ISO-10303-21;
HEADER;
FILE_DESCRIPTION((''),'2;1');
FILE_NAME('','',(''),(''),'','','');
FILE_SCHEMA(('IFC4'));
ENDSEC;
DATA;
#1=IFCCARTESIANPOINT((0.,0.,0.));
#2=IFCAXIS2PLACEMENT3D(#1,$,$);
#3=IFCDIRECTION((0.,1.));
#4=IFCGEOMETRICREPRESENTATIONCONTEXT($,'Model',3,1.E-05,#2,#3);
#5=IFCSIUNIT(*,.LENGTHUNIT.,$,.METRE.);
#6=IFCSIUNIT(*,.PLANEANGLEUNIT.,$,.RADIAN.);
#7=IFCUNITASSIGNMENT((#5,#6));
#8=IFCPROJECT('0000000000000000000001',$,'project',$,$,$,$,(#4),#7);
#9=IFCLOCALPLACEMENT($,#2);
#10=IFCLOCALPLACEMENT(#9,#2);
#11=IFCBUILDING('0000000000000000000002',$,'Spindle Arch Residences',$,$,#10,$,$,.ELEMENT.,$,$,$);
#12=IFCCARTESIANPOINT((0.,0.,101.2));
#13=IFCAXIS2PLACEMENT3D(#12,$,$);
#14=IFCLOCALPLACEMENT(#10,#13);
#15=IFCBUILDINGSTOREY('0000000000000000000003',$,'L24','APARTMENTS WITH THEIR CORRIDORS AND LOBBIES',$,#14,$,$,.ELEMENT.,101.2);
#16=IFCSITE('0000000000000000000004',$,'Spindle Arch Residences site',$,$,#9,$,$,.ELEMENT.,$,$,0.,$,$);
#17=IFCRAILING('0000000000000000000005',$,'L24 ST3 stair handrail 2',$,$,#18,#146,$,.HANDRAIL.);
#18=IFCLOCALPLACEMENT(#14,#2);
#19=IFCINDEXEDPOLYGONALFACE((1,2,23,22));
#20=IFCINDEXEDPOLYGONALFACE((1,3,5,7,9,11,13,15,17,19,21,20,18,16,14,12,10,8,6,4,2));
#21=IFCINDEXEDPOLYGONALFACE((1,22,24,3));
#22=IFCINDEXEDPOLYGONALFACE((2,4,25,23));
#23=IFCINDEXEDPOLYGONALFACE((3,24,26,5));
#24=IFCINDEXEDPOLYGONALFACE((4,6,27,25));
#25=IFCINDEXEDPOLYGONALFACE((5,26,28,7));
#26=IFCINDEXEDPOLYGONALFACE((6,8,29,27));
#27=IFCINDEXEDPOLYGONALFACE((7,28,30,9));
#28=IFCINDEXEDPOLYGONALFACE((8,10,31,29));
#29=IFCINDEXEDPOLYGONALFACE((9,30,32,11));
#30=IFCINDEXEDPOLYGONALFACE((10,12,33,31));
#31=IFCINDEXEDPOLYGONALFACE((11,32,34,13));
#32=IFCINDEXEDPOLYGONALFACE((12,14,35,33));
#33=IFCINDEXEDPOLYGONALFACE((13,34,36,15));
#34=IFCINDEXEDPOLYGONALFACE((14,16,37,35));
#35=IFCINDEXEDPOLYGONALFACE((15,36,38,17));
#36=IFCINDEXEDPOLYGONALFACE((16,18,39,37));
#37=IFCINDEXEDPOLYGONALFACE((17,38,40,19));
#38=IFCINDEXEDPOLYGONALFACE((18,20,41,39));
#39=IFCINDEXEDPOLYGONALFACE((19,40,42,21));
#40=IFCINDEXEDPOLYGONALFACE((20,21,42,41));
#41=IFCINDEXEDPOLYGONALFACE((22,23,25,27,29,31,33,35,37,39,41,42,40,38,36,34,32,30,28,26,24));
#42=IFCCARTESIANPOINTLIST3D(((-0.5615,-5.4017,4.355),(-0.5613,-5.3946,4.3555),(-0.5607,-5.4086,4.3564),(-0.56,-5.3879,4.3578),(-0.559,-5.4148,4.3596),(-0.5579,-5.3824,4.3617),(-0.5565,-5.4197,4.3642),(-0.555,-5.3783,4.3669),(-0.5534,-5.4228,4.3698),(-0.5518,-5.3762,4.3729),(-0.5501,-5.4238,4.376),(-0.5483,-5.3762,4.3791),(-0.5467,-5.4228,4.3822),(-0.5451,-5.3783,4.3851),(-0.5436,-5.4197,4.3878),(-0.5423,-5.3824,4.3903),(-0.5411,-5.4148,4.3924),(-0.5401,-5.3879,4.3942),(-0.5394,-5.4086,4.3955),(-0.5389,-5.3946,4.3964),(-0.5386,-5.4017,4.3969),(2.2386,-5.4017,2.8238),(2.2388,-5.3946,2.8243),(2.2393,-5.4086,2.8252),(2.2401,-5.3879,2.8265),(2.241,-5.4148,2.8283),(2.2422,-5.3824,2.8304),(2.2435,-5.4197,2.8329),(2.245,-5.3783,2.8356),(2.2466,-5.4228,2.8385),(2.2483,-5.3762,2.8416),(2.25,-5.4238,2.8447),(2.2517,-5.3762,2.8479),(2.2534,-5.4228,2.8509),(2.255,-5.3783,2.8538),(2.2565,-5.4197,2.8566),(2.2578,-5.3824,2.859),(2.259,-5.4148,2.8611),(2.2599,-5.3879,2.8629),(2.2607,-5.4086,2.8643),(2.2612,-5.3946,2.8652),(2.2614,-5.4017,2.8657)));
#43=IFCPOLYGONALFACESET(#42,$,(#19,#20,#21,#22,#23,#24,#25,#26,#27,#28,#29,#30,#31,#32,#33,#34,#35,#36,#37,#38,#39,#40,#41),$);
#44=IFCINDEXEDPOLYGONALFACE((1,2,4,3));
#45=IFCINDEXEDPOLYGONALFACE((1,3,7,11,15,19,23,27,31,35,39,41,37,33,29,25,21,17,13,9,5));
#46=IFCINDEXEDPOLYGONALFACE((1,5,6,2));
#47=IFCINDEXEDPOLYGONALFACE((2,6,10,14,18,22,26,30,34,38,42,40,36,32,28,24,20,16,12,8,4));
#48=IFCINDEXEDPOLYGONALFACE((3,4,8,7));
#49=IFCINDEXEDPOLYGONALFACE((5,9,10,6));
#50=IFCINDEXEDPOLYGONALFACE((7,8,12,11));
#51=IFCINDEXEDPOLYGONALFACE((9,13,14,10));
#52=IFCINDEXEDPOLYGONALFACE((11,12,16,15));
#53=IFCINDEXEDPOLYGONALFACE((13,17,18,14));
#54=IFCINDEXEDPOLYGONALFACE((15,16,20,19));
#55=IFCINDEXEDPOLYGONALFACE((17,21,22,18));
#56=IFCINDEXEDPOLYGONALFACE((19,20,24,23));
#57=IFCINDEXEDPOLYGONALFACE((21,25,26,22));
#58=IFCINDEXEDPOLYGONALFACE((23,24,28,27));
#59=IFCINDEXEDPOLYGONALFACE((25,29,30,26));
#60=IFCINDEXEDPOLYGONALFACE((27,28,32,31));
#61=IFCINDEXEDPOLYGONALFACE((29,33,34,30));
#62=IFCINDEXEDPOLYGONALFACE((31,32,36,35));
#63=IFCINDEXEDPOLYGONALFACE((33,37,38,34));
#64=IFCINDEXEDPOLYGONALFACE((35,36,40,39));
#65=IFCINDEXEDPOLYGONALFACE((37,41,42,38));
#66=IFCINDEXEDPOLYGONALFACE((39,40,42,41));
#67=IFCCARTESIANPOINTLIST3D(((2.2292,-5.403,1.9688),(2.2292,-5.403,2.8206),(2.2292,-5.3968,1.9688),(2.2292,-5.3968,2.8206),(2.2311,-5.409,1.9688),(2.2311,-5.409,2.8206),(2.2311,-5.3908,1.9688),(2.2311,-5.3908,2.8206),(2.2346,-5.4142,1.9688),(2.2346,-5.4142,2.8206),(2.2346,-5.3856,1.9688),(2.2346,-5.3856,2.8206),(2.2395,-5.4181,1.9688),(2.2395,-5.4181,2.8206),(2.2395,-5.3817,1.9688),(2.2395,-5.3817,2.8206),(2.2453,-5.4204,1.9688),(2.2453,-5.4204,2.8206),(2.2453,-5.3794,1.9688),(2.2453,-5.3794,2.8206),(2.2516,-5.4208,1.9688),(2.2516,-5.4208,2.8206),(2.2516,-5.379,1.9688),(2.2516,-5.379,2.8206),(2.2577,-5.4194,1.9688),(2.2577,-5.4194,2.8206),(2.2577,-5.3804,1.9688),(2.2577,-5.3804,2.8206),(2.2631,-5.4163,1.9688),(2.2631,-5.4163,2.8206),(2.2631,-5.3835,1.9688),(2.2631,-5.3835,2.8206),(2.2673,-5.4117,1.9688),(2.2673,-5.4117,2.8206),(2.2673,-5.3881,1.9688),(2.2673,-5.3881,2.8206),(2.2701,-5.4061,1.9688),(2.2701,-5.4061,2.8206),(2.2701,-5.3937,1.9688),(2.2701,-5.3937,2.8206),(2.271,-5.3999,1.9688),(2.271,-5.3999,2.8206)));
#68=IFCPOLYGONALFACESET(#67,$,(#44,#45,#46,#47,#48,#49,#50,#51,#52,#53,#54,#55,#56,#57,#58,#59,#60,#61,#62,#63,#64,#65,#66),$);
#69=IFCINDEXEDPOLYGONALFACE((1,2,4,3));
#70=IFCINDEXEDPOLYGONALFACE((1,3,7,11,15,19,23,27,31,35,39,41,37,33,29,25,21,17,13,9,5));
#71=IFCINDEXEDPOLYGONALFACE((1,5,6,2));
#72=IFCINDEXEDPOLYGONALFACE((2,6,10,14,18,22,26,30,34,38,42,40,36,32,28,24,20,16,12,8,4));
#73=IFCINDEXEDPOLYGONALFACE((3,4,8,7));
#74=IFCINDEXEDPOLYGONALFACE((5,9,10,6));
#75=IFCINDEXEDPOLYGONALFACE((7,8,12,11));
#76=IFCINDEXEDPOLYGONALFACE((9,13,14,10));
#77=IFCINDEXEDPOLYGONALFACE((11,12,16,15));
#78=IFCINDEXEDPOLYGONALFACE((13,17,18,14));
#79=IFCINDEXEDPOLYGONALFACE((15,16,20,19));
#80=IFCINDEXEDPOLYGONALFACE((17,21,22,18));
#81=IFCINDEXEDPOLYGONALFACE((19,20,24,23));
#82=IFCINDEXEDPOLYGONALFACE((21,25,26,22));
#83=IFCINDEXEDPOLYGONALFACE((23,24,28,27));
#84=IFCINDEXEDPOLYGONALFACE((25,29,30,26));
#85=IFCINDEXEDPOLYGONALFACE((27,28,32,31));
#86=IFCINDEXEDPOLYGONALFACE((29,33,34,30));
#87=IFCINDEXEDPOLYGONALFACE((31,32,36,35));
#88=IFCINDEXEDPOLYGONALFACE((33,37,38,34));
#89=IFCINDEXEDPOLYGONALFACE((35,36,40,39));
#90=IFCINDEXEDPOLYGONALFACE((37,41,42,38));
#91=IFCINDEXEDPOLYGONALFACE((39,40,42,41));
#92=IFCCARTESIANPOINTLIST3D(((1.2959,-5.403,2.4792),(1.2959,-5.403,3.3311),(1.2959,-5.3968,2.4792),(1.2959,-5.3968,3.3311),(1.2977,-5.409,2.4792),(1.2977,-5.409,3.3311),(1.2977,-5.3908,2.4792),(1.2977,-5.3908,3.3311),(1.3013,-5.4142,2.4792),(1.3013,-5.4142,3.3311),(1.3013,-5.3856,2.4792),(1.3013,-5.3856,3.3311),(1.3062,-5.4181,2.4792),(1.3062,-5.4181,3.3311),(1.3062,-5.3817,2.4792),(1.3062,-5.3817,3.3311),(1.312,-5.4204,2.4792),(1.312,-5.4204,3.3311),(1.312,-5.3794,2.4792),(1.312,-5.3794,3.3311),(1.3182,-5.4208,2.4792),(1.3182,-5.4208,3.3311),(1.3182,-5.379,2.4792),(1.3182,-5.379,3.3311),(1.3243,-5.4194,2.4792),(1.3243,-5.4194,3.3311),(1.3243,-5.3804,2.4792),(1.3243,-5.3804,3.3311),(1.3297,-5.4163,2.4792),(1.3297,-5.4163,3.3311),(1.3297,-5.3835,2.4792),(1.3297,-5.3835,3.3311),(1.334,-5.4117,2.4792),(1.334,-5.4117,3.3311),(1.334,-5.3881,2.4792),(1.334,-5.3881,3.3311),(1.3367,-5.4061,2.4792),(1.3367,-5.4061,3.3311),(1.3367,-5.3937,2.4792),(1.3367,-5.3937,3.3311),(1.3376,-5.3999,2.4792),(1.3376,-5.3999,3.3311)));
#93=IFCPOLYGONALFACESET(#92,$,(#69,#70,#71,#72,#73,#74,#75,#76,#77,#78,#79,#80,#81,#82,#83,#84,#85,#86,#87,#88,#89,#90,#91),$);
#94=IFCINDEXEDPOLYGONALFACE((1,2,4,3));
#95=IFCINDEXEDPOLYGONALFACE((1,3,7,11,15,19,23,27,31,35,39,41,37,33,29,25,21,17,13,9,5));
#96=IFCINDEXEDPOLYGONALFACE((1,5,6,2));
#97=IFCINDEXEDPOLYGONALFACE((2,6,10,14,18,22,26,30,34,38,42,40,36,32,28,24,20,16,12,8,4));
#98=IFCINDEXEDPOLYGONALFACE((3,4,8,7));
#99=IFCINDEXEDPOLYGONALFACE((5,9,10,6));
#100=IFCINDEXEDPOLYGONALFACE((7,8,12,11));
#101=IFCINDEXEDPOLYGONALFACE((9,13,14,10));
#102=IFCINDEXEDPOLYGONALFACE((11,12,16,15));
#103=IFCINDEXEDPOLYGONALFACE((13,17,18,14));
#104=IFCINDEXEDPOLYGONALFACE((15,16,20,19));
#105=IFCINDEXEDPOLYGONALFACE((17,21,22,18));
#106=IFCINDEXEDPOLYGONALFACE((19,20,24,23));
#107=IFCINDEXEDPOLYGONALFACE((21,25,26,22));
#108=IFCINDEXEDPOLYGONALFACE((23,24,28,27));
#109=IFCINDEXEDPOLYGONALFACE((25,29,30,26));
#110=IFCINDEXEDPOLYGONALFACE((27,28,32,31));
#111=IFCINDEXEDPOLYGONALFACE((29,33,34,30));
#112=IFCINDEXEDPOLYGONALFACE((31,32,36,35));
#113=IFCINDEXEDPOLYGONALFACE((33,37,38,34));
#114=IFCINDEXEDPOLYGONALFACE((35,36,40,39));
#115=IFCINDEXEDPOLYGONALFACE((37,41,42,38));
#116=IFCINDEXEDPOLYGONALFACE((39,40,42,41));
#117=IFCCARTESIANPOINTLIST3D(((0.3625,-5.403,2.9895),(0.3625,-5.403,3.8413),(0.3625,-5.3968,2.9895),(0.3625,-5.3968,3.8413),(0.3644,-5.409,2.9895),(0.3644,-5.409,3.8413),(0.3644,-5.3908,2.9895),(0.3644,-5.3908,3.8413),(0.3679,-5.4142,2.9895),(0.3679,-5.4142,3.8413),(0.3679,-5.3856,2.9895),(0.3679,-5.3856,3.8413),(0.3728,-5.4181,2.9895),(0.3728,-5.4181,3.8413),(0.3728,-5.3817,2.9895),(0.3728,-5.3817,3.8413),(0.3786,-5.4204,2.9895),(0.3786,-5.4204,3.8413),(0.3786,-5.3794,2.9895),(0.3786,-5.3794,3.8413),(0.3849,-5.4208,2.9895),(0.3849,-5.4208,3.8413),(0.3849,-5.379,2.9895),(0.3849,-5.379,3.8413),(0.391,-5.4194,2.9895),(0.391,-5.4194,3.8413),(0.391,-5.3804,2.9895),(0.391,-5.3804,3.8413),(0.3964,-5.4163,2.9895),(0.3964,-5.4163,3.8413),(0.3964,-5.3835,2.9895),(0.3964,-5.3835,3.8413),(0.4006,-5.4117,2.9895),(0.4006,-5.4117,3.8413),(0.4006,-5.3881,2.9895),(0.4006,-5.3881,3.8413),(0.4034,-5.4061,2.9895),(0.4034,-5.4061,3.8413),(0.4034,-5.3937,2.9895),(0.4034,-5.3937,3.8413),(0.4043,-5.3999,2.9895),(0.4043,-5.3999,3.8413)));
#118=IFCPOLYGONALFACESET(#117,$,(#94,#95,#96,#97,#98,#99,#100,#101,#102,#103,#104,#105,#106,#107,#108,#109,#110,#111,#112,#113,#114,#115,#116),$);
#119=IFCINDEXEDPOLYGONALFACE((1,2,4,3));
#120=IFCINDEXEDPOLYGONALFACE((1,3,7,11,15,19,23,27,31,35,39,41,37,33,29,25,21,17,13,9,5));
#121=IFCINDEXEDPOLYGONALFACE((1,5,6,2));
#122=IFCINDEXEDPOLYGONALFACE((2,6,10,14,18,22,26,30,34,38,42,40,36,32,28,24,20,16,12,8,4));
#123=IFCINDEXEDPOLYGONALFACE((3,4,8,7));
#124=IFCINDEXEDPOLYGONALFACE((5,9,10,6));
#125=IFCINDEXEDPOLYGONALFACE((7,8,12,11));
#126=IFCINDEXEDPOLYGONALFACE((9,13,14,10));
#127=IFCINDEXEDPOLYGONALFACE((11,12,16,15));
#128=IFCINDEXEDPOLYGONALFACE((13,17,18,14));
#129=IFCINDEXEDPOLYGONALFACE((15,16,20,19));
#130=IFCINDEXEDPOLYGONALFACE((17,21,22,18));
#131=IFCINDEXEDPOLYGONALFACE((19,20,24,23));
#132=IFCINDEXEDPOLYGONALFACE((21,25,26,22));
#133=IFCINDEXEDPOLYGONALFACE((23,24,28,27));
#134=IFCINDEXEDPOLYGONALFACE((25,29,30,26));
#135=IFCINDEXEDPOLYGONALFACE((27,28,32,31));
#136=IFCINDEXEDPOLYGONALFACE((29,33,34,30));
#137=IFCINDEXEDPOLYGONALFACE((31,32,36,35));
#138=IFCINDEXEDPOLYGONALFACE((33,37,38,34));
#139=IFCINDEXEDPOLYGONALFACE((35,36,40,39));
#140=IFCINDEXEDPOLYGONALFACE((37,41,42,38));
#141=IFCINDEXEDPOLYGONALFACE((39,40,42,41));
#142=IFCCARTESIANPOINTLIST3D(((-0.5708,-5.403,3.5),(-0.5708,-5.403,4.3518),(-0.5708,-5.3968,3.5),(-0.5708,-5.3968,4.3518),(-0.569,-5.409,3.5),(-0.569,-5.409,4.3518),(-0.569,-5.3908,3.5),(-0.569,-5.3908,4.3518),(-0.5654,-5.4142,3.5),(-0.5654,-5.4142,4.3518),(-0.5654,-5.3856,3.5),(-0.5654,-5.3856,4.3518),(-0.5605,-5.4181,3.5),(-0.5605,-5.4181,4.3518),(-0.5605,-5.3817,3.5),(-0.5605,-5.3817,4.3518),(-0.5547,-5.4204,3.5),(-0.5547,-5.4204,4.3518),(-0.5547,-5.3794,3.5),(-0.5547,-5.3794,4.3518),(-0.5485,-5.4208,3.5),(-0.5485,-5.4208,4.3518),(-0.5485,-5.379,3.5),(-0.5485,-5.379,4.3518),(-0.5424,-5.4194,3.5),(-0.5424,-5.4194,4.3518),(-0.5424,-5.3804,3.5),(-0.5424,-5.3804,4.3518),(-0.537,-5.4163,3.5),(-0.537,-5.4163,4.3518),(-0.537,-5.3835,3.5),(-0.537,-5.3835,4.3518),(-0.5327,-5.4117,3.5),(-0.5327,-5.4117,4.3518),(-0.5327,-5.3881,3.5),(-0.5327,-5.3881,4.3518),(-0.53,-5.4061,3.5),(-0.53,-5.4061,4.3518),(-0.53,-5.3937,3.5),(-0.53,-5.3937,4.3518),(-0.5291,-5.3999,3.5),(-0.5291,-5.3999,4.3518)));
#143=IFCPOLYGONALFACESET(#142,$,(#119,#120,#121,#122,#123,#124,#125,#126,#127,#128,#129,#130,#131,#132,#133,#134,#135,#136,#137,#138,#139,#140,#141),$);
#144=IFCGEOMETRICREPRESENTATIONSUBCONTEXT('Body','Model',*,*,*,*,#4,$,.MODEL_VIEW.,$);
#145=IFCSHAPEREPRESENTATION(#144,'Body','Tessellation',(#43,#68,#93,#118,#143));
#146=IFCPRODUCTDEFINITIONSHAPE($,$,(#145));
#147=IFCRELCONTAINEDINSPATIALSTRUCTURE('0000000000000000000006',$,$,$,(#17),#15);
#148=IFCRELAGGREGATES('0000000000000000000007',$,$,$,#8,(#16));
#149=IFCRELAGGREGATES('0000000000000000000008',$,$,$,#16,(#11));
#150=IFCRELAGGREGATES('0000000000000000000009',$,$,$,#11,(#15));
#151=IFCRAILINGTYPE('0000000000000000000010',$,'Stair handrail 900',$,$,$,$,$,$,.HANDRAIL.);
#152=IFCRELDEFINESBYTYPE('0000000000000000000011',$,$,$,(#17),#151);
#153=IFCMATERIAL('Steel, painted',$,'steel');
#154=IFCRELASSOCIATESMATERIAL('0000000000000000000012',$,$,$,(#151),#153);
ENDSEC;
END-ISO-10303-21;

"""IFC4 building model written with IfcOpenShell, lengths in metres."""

from ifc_helpers import new_model, si_unit, direction, frame, origin, origin_2d, place, context, subcontext, project, spatial, circle, extrude, material, type_object, element, save


model = new_model("IFC4")

# Units and contexts
model_context = context("Model", 3, precision=1e-05, world=origin(), true_north=direction((0.0, 1.0)))
body_context = subcontext(model_context, "Body", "Model", "MODEL_VIEW")
ifc_project = project(units=[si_unit("LENGTHUNIT", "METRE"), si_unit("PLANEANGLEUNIT", "RADIAN")], contexts=[model_context])

# Site, building, storey
site_placement = place(None, origin())
site = spatial("IfcSite", under=ifc_project, at=site_placement, Name="Spindle Arch Residences site", CompositionType="ELEMENT", RefElevation=0.0)
building_placement = place(site_placement, origin())
building = spatial("IfcBuilding", under=site, at=building_placement, Name="Spindle Arch Residences", CompositionType="ELEMENT")
storey_placement = place(building_placement, frame((0.0, 0.0, 101.2)))
storey = spatial("IfcBuildingStorey", under=building, at=storey_placement, Name="L24", Description="APARTMENTS WITH THEIR CORRIDORS AND LOBBIES", CompositionType="ELEMENT", Elevation=101.2)

# Railing
ifc_material_1 = material(Name="Steel, painted", Category="steel")
railing_type = type_object("IfcRailingType", Name="Stair handrail 900", PredefinedType="HANDRAIL", material=ifc_material_1)
railing_placement = place(storey_placement, frame((2.25, -5.3999, 1.9688)))
element("IfcRailing", 1, at=railing_placement, inside=storey, type_object=railing_type, Name="L24 ST3 stair handrail 2", PredefinedType="HANDRAIL", context=body_context, shape_type="SweptSolid", body=[
    extrude(circle(Radius=0.0239, at=origin_2d()), frame((0.0, 0.0, 0.876), z_axis=(-0.877375, 0.0, 0.479806), x_axis=(0.0, -1.0, 0.0)), (0.0, 0.0, 1.0), 3.1914),
    extrude(circle(Radius=0.021, at=origin_2d()), origin(), (0.0, 0.0, 1.0), 0.8518),
    extrude(circle(Radius=0.021, at=origin_2d()), frame((-0.9333, 0.0, 0.5105)), (0.0, 0.0, 1.0), 0.8518),
    extrude(circle(Radius=0.021, at=origin_2d()), frame((-1.8667, 0.0, 1.0208)), (0.0, 0.0, 1.0), 0.8518),
    extrude(circle(Radius=0.021, at=origin_2d()), frame((-2.8, 0.0, 1.5312)), (0.0, 0.0, 1.0), 0.8518),
])

save(model, "model.ifc")
